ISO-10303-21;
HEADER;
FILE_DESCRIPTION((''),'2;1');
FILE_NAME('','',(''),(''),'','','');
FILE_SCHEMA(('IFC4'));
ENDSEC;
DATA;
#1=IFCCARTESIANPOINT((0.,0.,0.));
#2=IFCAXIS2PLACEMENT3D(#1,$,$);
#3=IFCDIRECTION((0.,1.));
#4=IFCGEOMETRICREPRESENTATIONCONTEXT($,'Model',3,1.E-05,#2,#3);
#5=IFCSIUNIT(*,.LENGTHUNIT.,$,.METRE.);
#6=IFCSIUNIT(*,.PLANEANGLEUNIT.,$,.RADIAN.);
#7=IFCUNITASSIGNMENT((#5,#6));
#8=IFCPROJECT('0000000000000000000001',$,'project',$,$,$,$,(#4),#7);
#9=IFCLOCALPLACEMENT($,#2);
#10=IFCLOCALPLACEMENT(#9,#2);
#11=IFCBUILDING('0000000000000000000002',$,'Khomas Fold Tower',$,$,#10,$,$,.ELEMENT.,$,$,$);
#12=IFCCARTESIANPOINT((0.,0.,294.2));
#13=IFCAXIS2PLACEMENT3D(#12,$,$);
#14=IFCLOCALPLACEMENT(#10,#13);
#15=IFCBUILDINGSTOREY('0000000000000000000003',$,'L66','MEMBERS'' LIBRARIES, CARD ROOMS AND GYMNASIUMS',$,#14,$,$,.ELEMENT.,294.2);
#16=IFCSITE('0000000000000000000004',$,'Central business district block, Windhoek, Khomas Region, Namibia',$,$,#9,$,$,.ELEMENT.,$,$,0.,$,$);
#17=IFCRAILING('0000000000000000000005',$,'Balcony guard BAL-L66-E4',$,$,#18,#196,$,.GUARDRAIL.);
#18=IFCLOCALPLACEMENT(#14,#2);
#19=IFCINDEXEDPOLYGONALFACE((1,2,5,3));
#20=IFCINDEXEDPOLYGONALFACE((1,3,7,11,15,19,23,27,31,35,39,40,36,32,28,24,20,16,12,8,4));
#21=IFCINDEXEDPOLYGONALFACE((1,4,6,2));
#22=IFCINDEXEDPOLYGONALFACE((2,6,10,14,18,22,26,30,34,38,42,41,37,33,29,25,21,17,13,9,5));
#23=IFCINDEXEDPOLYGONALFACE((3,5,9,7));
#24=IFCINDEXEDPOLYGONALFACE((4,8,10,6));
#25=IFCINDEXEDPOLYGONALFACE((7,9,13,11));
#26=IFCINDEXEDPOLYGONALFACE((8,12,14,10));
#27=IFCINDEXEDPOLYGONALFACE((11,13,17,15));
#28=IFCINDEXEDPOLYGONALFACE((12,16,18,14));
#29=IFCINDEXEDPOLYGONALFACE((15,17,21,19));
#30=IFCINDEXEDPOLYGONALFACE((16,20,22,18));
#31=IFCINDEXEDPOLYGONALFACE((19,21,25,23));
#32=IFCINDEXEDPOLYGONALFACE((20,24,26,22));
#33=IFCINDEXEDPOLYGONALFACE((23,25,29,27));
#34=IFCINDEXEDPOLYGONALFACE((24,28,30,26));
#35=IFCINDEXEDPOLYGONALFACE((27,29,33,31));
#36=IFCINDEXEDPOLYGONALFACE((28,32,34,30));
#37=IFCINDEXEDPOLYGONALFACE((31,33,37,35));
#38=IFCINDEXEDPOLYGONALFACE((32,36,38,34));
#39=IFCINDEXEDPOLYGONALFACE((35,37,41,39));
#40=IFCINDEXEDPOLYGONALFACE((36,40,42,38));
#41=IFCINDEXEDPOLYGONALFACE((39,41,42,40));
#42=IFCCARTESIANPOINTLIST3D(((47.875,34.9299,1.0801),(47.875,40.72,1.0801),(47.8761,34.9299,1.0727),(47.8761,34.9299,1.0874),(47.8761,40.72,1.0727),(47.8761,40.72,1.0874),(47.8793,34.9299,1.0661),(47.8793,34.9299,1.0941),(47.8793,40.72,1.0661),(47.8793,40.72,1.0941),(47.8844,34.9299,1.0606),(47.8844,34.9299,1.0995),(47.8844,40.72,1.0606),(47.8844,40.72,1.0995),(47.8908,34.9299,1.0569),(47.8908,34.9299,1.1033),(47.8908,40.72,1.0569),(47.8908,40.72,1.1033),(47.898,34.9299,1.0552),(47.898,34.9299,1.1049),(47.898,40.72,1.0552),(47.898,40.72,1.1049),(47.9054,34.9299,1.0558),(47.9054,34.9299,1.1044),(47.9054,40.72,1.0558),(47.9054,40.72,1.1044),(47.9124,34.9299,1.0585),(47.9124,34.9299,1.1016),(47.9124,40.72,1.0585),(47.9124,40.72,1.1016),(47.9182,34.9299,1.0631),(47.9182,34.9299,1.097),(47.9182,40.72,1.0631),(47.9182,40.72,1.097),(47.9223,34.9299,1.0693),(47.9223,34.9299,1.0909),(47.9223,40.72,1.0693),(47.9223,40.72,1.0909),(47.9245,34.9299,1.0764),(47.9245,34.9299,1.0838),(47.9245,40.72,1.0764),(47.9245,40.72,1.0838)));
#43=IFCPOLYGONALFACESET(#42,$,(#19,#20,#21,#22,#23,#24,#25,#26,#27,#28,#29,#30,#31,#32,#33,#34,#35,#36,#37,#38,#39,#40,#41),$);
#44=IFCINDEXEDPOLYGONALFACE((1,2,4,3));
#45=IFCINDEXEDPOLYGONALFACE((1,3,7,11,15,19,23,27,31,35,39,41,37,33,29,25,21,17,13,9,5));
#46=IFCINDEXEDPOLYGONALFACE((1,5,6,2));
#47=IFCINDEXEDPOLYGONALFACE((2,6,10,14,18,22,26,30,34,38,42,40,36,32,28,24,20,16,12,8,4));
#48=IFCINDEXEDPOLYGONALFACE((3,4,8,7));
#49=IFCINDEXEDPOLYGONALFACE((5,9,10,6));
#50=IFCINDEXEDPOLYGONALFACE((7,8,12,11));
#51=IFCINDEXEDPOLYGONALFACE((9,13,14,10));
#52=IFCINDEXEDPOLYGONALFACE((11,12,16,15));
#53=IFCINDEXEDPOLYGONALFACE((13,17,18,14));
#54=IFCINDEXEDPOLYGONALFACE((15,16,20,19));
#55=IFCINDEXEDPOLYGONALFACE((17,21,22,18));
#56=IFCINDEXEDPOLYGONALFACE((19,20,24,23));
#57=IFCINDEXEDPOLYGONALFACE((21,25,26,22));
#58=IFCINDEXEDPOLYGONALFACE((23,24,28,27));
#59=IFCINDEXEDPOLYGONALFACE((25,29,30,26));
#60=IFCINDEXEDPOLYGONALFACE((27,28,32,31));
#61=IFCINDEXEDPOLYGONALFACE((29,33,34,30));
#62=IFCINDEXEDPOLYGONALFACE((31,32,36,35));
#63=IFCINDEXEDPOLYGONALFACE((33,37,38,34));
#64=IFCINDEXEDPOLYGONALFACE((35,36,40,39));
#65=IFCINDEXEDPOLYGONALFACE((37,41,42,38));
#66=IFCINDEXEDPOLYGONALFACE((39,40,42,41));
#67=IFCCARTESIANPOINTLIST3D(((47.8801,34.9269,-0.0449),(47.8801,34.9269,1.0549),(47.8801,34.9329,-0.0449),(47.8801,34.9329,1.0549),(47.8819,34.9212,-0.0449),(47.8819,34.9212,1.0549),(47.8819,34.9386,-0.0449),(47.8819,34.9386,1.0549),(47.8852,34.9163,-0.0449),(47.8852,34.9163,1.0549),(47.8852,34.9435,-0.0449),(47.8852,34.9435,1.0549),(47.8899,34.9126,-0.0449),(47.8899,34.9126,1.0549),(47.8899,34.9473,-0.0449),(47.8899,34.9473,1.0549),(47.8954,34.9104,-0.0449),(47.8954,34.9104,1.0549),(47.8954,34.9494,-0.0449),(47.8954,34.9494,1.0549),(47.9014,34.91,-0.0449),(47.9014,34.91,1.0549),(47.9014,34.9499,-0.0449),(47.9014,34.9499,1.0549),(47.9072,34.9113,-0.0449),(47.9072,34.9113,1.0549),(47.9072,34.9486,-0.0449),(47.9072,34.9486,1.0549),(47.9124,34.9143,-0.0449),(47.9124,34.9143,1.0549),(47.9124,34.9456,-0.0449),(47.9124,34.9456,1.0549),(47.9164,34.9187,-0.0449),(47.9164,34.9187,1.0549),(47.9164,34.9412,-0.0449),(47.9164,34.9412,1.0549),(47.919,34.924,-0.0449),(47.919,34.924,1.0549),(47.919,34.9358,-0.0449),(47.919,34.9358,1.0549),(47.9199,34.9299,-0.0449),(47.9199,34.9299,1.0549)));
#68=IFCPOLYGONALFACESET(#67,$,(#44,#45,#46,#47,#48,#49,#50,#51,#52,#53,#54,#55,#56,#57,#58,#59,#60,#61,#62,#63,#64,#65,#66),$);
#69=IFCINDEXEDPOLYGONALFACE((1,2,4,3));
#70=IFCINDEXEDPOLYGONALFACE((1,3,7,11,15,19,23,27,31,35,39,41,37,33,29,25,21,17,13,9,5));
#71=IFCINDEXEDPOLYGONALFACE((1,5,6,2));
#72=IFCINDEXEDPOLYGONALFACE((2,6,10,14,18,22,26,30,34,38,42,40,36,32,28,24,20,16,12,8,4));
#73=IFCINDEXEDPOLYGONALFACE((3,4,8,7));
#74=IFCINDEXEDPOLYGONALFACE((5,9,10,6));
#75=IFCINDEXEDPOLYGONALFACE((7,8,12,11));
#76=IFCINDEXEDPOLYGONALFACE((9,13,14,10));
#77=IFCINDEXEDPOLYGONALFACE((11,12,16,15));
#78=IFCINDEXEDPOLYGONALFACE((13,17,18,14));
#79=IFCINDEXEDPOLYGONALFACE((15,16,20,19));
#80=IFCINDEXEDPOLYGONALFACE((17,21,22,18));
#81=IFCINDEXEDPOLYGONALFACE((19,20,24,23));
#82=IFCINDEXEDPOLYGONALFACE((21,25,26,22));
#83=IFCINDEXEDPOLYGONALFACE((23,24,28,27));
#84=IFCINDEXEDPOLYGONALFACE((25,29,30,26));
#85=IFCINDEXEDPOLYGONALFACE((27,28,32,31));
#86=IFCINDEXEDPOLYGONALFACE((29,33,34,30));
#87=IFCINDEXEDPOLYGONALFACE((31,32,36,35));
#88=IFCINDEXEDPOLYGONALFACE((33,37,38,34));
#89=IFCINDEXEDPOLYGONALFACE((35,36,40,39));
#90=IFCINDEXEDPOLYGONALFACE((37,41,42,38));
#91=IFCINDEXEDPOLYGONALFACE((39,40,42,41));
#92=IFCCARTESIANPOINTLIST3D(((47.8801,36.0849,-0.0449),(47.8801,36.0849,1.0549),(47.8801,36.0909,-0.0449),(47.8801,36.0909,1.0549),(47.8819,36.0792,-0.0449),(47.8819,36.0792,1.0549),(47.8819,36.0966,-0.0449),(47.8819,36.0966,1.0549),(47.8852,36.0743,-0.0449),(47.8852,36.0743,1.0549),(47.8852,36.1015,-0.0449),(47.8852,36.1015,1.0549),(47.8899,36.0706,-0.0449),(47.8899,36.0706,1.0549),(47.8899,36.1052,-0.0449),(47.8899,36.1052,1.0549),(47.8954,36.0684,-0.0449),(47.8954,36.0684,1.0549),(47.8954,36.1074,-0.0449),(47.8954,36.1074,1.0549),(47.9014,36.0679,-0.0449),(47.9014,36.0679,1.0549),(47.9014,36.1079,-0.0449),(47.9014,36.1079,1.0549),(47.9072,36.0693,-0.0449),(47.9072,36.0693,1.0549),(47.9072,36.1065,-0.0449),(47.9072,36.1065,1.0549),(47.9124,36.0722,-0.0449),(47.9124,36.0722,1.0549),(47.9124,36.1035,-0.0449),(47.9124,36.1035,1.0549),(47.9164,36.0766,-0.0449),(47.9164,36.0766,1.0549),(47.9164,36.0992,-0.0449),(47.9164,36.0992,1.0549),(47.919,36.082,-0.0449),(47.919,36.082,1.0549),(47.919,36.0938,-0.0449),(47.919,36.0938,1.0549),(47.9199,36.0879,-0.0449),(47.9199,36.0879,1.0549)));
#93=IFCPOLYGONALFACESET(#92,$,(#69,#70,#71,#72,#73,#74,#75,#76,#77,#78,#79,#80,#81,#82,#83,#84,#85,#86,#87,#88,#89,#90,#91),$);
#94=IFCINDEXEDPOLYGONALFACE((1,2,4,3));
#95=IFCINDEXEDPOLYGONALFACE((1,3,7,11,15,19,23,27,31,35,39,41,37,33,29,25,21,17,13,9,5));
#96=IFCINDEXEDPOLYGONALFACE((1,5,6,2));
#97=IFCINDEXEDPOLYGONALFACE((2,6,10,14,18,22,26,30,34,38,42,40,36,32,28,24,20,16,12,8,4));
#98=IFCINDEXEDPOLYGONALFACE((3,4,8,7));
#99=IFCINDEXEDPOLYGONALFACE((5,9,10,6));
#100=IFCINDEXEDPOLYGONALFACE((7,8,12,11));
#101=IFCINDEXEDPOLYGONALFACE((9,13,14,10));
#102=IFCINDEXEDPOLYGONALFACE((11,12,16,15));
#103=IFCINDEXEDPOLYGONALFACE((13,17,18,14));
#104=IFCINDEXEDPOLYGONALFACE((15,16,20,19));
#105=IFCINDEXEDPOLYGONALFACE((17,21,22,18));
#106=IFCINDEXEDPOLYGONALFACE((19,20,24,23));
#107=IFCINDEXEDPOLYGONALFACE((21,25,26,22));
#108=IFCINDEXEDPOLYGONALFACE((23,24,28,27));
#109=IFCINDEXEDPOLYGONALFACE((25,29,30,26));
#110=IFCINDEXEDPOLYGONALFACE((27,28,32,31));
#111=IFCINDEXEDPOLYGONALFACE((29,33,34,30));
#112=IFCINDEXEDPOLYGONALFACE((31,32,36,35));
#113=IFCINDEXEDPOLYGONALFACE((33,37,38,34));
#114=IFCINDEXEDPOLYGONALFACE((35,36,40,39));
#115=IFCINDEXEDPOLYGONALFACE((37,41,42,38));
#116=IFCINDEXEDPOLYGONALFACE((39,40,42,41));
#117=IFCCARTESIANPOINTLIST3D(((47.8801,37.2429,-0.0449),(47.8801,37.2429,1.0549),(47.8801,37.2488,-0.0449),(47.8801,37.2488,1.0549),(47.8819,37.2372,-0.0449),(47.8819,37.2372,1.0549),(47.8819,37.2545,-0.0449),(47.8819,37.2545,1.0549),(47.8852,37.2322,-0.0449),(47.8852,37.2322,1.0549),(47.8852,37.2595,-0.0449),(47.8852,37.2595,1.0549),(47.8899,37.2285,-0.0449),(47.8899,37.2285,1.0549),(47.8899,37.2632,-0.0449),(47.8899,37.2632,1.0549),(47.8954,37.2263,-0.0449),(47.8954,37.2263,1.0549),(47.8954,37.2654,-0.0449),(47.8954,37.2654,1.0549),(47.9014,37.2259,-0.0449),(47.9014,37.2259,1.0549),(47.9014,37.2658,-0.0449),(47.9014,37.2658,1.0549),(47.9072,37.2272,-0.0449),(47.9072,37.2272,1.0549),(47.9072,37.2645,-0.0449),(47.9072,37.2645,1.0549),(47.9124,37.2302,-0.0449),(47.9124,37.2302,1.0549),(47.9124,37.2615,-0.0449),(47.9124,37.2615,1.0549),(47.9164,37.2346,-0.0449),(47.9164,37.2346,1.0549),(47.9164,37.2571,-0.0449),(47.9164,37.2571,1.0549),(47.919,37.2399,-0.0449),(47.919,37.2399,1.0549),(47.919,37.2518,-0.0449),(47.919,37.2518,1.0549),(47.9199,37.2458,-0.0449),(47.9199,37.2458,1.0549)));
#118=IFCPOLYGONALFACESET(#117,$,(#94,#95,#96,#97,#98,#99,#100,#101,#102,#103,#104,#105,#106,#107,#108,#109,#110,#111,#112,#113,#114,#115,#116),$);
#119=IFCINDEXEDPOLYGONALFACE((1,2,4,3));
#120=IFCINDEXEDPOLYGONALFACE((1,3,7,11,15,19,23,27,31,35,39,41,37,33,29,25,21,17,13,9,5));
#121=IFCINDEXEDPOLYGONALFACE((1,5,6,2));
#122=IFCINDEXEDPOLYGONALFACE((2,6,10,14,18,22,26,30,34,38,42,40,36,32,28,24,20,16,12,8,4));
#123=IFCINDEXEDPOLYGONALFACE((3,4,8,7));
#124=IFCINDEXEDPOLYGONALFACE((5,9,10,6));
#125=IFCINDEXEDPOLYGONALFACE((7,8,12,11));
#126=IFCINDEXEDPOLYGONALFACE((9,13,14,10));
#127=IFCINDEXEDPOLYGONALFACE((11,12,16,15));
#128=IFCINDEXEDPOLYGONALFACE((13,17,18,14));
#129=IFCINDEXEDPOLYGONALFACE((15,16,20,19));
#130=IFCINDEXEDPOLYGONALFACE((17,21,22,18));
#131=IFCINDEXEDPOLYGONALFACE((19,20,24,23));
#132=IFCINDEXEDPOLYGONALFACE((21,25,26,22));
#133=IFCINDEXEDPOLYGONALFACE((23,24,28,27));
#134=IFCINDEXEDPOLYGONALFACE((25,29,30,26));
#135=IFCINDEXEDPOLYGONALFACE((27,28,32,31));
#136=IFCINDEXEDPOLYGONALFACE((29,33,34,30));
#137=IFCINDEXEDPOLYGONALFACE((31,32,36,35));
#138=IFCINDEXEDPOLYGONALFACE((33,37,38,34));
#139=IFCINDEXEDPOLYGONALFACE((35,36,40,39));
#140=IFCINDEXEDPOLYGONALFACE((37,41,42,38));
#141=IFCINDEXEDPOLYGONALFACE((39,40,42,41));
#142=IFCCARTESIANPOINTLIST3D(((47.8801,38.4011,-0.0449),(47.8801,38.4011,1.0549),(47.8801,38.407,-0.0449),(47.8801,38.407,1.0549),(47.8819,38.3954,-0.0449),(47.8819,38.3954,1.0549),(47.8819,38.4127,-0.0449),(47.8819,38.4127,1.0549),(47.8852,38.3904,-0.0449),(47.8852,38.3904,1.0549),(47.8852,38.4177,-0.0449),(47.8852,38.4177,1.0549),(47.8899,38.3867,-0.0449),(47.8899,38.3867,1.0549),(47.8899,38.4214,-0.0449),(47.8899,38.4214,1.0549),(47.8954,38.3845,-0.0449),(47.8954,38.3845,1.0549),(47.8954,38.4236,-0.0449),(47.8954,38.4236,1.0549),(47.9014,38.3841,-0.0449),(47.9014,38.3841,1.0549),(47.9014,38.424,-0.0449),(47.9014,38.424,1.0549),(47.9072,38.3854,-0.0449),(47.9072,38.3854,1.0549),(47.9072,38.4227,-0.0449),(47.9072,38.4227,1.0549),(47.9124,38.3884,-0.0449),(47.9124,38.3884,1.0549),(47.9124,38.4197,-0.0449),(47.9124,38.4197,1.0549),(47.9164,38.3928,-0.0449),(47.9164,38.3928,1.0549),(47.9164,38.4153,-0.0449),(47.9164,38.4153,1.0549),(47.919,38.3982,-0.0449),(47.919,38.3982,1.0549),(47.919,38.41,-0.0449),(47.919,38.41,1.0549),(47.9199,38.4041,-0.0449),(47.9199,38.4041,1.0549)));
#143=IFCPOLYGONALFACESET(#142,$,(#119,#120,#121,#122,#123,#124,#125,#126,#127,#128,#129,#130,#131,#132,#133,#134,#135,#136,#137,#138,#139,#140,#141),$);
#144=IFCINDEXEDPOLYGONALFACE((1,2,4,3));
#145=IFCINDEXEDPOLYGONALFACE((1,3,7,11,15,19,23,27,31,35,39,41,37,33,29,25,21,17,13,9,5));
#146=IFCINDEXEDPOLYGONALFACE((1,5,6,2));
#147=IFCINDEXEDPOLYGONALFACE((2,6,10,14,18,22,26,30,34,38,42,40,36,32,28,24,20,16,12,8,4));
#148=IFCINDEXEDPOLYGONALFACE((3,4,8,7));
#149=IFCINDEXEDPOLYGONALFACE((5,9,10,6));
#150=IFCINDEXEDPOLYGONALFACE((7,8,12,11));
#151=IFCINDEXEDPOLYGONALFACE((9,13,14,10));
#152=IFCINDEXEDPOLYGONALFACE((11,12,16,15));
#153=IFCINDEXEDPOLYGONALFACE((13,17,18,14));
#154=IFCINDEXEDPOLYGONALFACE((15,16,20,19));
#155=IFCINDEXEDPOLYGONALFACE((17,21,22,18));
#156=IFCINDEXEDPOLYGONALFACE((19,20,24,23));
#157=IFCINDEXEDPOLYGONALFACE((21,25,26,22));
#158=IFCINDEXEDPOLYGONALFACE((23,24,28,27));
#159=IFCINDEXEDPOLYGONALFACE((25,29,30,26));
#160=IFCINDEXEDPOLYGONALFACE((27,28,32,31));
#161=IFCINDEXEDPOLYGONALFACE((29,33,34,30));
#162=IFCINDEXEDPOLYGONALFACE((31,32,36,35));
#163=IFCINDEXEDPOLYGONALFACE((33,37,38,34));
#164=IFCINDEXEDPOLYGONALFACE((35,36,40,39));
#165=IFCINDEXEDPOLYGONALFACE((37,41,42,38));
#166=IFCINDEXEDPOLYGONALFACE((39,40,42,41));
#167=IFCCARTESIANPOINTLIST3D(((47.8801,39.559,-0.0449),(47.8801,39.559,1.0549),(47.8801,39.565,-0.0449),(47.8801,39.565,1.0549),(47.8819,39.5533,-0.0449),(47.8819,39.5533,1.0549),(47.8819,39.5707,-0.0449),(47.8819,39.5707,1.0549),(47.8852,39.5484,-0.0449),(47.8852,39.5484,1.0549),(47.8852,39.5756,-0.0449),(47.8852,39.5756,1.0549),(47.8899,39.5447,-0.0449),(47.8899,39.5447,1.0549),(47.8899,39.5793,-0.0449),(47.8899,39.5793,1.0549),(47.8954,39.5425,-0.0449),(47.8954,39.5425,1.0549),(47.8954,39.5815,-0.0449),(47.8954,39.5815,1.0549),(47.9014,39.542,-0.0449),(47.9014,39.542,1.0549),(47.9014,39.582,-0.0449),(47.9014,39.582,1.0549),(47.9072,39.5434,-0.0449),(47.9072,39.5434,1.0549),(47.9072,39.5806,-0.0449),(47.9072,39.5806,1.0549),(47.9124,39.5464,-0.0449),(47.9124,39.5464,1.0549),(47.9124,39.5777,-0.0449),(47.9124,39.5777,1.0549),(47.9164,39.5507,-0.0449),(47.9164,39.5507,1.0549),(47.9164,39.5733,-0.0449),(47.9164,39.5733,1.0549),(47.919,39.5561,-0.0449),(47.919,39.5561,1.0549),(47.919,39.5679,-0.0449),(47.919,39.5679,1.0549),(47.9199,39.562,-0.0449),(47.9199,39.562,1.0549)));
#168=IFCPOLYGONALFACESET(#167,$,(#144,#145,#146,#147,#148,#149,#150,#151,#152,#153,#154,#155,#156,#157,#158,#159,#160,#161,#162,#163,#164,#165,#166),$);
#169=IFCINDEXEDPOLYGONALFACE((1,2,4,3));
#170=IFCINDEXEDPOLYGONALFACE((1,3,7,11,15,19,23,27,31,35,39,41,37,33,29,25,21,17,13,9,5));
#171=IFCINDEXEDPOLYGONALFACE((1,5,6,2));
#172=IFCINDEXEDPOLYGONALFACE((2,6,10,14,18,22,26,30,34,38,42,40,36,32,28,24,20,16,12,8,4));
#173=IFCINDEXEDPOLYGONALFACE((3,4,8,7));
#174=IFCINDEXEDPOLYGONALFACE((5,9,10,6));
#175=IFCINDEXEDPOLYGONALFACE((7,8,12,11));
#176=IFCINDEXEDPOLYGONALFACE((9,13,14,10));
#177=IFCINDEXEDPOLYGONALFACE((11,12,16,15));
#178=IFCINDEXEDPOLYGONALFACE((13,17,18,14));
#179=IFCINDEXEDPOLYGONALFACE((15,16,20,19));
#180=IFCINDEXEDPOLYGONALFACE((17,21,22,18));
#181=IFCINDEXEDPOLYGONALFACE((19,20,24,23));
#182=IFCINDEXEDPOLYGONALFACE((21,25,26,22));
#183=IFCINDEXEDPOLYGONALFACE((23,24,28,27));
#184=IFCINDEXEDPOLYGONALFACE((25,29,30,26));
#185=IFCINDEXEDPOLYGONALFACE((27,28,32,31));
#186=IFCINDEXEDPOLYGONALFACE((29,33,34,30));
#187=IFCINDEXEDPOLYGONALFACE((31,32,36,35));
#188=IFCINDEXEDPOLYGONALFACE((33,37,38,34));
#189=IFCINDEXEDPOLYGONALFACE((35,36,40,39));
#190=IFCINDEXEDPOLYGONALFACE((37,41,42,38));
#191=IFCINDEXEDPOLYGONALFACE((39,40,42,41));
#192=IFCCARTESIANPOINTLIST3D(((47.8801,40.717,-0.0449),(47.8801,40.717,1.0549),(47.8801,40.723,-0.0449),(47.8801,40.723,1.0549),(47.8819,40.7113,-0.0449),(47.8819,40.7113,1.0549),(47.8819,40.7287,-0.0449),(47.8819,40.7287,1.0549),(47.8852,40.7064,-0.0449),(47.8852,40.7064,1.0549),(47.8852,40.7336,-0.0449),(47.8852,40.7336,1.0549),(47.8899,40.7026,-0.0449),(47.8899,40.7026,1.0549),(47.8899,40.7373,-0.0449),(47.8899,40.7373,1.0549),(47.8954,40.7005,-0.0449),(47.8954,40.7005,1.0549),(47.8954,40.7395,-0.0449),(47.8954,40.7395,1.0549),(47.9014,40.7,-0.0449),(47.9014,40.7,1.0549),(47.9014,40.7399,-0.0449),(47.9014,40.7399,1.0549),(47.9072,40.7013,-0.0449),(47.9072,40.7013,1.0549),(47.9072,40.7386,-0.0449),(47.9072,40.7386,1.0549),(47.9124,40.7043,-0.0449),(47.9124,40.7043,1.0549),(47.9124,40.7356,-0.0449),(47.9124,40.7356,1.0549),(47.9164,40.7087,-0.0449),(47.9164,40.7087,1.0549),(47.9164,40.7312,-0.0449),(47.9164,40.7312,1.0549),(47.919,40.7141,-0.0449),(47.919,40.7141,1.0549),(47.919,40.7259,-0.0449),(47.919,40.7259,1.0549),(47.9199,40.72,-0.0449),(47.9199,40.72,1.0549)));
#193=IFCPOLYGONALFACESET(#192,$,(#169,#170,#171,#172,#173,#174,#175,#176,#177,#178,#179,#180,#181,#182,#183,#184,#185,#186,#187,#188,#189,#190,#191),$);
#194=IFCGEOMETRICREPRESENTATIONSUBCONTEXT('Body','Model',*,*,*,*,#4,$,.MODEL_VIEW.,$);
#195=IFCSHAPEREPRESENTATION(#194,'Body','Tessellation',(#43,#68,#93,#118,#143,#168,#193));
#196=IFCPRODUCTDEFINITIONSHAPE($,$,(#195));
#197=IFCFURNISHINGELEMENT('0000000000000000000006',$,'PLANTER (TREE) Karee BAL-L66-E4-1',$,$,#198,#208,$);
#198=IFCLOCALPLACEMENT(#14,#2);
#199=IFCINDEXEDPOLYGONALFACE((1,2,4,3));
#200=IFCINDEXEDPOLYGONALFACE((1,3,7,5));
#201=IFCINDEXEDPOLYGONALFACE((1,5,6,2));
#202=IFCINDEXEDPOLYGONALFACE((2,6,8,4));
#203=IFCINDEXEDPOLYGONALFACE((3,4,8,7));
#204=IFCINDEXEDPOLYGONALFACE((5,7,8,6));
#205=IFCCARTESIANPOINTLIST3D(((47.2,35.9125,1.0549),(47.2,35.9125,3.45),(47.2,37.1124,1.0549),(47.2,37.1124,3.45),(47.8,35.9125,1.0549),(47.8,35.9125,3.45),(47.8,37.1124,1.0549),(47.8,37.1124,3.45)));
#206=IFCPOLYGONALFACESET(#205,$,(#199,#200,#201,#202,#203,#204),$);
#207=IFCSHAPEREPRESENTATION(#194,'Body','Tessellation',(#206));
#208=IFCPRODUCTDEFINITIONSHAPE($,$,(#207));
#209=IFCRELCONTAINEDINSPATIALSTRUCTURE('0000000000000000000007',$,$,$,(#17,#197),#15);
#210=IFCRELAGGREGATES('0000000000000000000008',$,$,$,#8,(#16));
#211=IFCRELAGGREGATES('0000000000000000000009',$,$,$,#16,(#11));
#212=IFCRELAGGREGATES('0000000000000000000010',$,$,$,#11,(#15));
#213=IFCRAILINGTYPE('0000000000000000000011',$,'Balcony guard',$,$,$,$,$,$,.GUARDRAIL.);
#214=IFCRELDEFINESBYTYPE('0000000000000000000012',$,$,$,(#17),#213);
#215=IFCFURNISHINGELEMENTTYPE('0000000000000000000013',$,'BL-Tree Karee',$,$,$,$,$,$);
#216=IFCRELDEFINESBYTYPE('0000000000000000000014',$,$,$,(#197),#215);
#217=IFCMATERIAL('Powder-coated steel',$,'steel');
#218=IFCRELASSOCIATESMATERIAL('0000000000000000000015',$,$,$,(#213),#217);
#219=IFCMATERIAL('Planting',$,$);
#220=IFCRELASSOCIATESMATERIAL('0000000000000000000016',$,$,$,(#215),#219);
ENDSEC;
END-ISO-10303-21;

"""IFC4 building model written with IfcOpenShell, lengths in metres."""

from ifc_helpers import new_model, si_unit, direction, frame, origin, origin_2d, place, context, subcontext, project, spatial, rectangle, circle, extrude, source, transform, mapped, material, type_object, element, save


model = new_model("IFC4")

# Units and contexts
model_context = context("Model", 3, precision=1e-05, world=origin(), true_north=direction((0.0, 1.0)))
body_context = subcontext(model_context, "Body", "Model", "MODEL_VIEW")
ifc_project = project(units=[si_unit("LENGTHUNIT", "METRE"), si_unit("PLANEANGLEUNIT", "RADIAN")], contexts=[model_context])

# Site, building, storey
site_placement = place(None, origin())
site = spatial("IfcSite", under=ifc_project, at=site_placement, Name="Central business district block, Windhoek, Khomas Region, Namibia", CompositionType="ELEMENT", RefElevation=0.0)
building_placement = place(site_placement, origin())
building = spatial("IfcBuilding", under=site, at=building_placement, Name="Khomas Fold Tower", CompositionType="ELEMENT")
storey_placement = place(building_placement, frame((0.0, 0.0, 294.2)))
storey = spatial("IfcBuildingStorey", under=building, at=storey_placement, Name="L66", Description="MEMBERS' LIBRARIES, CARD ROOMS AND GYMNASIUMS", CompositionType="ELEMENT", Elevation=294.2)

# Railing
ifc_material_1 = material(Name="Powder-coated steel", Category="steel")
railing_type = type_object("IfcRailingType", Name="Balcony guard", PredefinedType="GUARDRAIL", material=ifc_material_1)
shared_shape_1 = source(origin(), body_context, "Body", "SweptSolid", [
    extrude(circle(Radius=0.0249, at=origin_2d()), frame((0.0, 0.0, 1.125), z_axis=(0.0, 1.0, 0.0), x_axis=(-1.0, 0.0, 0.0)), (0.0, 0.0, 1.0), 5.79),
    extrude(circle(Radius=0.02, at=origin_2d()), origin(), (0.0, 0.0, 1.0), 1.0999),
    extrude(circle(Radius=0.02, at=origin_2d()), frame((0.0, 1.158, 0.0)), (0.0, 0.0, 1.0), 1.0999),
    extrude(circle(Radius=0.02, at=origin_2d()), frame((0.0, 2.3159, 0.0)), (0.0, 0.0, 1.0), 1.0999),
    extrude(circle(Radius=0.02, at=origin_2d()), frame((0.0, 3.4741, 0.0)), (0.0, 0.0, 1.0), 1.0999),
    extrude(circle(Radius=0.02, at=origin_2d()), frame((0.0, 4.6321, 0.0)), (0.0, 0.0, 1.0), 1.0999),
    extrude(circle(Radius=0.02, at=origin_2d()), frame((0.0, 5.79, 0.0)), (0.0, 0.0, 1.0), 1.0999),
])
railing_placement = place(storey_placement, frame((47.8999, 34.9299, -0.0449)))
element("IfcRailing", 1, at=railing_placement, inside=storey, type_object=railing_type, Name="Balcony guard BAL-L66-E4", PredefinedType="GUARDRAIL", context=body_context, shape_type="MappedRepresentation", body=[
    mapped(shared_shape_1, transform((0.0, 0.0, 0.0))),
])

# Furnishing element
ifc_material_2 = material(Name="Planting")
furnishing_element_type_1 = type_object("IfcFurnishingElementType", Name="BL-Tree Karee", material=ifc_material_2)
shared_shape_2 = source(origin(), body_context, "Body", "SweptSolid", [
    extrude(rectangle(XDim=1.2, YDim=0.6001, at=origin_2d()), origin(), (0.0, 0.0, 1.0), 2.395),
])
furnishing_1_placement = place(storey_placement, frame((47.5, 36.5125, 1.0549), z_axis=(0.0, 0.0, 1.0), x_axis=(0.0, 1.0, 0.0)))
element("IfcFurnishingElement", 2, at=furnishing_1_placement, inside=storey, type_object=furnishing_element_type_1, Name="PLANTER (TREE) Karee BAL-L66-E4-1", context=body_context, shape_type="MappedRepresentation", body=[
    mapped(shared_shape_2, transform((0.0, 0.0, 0.0))),
])

save(model, "model.ifc")
